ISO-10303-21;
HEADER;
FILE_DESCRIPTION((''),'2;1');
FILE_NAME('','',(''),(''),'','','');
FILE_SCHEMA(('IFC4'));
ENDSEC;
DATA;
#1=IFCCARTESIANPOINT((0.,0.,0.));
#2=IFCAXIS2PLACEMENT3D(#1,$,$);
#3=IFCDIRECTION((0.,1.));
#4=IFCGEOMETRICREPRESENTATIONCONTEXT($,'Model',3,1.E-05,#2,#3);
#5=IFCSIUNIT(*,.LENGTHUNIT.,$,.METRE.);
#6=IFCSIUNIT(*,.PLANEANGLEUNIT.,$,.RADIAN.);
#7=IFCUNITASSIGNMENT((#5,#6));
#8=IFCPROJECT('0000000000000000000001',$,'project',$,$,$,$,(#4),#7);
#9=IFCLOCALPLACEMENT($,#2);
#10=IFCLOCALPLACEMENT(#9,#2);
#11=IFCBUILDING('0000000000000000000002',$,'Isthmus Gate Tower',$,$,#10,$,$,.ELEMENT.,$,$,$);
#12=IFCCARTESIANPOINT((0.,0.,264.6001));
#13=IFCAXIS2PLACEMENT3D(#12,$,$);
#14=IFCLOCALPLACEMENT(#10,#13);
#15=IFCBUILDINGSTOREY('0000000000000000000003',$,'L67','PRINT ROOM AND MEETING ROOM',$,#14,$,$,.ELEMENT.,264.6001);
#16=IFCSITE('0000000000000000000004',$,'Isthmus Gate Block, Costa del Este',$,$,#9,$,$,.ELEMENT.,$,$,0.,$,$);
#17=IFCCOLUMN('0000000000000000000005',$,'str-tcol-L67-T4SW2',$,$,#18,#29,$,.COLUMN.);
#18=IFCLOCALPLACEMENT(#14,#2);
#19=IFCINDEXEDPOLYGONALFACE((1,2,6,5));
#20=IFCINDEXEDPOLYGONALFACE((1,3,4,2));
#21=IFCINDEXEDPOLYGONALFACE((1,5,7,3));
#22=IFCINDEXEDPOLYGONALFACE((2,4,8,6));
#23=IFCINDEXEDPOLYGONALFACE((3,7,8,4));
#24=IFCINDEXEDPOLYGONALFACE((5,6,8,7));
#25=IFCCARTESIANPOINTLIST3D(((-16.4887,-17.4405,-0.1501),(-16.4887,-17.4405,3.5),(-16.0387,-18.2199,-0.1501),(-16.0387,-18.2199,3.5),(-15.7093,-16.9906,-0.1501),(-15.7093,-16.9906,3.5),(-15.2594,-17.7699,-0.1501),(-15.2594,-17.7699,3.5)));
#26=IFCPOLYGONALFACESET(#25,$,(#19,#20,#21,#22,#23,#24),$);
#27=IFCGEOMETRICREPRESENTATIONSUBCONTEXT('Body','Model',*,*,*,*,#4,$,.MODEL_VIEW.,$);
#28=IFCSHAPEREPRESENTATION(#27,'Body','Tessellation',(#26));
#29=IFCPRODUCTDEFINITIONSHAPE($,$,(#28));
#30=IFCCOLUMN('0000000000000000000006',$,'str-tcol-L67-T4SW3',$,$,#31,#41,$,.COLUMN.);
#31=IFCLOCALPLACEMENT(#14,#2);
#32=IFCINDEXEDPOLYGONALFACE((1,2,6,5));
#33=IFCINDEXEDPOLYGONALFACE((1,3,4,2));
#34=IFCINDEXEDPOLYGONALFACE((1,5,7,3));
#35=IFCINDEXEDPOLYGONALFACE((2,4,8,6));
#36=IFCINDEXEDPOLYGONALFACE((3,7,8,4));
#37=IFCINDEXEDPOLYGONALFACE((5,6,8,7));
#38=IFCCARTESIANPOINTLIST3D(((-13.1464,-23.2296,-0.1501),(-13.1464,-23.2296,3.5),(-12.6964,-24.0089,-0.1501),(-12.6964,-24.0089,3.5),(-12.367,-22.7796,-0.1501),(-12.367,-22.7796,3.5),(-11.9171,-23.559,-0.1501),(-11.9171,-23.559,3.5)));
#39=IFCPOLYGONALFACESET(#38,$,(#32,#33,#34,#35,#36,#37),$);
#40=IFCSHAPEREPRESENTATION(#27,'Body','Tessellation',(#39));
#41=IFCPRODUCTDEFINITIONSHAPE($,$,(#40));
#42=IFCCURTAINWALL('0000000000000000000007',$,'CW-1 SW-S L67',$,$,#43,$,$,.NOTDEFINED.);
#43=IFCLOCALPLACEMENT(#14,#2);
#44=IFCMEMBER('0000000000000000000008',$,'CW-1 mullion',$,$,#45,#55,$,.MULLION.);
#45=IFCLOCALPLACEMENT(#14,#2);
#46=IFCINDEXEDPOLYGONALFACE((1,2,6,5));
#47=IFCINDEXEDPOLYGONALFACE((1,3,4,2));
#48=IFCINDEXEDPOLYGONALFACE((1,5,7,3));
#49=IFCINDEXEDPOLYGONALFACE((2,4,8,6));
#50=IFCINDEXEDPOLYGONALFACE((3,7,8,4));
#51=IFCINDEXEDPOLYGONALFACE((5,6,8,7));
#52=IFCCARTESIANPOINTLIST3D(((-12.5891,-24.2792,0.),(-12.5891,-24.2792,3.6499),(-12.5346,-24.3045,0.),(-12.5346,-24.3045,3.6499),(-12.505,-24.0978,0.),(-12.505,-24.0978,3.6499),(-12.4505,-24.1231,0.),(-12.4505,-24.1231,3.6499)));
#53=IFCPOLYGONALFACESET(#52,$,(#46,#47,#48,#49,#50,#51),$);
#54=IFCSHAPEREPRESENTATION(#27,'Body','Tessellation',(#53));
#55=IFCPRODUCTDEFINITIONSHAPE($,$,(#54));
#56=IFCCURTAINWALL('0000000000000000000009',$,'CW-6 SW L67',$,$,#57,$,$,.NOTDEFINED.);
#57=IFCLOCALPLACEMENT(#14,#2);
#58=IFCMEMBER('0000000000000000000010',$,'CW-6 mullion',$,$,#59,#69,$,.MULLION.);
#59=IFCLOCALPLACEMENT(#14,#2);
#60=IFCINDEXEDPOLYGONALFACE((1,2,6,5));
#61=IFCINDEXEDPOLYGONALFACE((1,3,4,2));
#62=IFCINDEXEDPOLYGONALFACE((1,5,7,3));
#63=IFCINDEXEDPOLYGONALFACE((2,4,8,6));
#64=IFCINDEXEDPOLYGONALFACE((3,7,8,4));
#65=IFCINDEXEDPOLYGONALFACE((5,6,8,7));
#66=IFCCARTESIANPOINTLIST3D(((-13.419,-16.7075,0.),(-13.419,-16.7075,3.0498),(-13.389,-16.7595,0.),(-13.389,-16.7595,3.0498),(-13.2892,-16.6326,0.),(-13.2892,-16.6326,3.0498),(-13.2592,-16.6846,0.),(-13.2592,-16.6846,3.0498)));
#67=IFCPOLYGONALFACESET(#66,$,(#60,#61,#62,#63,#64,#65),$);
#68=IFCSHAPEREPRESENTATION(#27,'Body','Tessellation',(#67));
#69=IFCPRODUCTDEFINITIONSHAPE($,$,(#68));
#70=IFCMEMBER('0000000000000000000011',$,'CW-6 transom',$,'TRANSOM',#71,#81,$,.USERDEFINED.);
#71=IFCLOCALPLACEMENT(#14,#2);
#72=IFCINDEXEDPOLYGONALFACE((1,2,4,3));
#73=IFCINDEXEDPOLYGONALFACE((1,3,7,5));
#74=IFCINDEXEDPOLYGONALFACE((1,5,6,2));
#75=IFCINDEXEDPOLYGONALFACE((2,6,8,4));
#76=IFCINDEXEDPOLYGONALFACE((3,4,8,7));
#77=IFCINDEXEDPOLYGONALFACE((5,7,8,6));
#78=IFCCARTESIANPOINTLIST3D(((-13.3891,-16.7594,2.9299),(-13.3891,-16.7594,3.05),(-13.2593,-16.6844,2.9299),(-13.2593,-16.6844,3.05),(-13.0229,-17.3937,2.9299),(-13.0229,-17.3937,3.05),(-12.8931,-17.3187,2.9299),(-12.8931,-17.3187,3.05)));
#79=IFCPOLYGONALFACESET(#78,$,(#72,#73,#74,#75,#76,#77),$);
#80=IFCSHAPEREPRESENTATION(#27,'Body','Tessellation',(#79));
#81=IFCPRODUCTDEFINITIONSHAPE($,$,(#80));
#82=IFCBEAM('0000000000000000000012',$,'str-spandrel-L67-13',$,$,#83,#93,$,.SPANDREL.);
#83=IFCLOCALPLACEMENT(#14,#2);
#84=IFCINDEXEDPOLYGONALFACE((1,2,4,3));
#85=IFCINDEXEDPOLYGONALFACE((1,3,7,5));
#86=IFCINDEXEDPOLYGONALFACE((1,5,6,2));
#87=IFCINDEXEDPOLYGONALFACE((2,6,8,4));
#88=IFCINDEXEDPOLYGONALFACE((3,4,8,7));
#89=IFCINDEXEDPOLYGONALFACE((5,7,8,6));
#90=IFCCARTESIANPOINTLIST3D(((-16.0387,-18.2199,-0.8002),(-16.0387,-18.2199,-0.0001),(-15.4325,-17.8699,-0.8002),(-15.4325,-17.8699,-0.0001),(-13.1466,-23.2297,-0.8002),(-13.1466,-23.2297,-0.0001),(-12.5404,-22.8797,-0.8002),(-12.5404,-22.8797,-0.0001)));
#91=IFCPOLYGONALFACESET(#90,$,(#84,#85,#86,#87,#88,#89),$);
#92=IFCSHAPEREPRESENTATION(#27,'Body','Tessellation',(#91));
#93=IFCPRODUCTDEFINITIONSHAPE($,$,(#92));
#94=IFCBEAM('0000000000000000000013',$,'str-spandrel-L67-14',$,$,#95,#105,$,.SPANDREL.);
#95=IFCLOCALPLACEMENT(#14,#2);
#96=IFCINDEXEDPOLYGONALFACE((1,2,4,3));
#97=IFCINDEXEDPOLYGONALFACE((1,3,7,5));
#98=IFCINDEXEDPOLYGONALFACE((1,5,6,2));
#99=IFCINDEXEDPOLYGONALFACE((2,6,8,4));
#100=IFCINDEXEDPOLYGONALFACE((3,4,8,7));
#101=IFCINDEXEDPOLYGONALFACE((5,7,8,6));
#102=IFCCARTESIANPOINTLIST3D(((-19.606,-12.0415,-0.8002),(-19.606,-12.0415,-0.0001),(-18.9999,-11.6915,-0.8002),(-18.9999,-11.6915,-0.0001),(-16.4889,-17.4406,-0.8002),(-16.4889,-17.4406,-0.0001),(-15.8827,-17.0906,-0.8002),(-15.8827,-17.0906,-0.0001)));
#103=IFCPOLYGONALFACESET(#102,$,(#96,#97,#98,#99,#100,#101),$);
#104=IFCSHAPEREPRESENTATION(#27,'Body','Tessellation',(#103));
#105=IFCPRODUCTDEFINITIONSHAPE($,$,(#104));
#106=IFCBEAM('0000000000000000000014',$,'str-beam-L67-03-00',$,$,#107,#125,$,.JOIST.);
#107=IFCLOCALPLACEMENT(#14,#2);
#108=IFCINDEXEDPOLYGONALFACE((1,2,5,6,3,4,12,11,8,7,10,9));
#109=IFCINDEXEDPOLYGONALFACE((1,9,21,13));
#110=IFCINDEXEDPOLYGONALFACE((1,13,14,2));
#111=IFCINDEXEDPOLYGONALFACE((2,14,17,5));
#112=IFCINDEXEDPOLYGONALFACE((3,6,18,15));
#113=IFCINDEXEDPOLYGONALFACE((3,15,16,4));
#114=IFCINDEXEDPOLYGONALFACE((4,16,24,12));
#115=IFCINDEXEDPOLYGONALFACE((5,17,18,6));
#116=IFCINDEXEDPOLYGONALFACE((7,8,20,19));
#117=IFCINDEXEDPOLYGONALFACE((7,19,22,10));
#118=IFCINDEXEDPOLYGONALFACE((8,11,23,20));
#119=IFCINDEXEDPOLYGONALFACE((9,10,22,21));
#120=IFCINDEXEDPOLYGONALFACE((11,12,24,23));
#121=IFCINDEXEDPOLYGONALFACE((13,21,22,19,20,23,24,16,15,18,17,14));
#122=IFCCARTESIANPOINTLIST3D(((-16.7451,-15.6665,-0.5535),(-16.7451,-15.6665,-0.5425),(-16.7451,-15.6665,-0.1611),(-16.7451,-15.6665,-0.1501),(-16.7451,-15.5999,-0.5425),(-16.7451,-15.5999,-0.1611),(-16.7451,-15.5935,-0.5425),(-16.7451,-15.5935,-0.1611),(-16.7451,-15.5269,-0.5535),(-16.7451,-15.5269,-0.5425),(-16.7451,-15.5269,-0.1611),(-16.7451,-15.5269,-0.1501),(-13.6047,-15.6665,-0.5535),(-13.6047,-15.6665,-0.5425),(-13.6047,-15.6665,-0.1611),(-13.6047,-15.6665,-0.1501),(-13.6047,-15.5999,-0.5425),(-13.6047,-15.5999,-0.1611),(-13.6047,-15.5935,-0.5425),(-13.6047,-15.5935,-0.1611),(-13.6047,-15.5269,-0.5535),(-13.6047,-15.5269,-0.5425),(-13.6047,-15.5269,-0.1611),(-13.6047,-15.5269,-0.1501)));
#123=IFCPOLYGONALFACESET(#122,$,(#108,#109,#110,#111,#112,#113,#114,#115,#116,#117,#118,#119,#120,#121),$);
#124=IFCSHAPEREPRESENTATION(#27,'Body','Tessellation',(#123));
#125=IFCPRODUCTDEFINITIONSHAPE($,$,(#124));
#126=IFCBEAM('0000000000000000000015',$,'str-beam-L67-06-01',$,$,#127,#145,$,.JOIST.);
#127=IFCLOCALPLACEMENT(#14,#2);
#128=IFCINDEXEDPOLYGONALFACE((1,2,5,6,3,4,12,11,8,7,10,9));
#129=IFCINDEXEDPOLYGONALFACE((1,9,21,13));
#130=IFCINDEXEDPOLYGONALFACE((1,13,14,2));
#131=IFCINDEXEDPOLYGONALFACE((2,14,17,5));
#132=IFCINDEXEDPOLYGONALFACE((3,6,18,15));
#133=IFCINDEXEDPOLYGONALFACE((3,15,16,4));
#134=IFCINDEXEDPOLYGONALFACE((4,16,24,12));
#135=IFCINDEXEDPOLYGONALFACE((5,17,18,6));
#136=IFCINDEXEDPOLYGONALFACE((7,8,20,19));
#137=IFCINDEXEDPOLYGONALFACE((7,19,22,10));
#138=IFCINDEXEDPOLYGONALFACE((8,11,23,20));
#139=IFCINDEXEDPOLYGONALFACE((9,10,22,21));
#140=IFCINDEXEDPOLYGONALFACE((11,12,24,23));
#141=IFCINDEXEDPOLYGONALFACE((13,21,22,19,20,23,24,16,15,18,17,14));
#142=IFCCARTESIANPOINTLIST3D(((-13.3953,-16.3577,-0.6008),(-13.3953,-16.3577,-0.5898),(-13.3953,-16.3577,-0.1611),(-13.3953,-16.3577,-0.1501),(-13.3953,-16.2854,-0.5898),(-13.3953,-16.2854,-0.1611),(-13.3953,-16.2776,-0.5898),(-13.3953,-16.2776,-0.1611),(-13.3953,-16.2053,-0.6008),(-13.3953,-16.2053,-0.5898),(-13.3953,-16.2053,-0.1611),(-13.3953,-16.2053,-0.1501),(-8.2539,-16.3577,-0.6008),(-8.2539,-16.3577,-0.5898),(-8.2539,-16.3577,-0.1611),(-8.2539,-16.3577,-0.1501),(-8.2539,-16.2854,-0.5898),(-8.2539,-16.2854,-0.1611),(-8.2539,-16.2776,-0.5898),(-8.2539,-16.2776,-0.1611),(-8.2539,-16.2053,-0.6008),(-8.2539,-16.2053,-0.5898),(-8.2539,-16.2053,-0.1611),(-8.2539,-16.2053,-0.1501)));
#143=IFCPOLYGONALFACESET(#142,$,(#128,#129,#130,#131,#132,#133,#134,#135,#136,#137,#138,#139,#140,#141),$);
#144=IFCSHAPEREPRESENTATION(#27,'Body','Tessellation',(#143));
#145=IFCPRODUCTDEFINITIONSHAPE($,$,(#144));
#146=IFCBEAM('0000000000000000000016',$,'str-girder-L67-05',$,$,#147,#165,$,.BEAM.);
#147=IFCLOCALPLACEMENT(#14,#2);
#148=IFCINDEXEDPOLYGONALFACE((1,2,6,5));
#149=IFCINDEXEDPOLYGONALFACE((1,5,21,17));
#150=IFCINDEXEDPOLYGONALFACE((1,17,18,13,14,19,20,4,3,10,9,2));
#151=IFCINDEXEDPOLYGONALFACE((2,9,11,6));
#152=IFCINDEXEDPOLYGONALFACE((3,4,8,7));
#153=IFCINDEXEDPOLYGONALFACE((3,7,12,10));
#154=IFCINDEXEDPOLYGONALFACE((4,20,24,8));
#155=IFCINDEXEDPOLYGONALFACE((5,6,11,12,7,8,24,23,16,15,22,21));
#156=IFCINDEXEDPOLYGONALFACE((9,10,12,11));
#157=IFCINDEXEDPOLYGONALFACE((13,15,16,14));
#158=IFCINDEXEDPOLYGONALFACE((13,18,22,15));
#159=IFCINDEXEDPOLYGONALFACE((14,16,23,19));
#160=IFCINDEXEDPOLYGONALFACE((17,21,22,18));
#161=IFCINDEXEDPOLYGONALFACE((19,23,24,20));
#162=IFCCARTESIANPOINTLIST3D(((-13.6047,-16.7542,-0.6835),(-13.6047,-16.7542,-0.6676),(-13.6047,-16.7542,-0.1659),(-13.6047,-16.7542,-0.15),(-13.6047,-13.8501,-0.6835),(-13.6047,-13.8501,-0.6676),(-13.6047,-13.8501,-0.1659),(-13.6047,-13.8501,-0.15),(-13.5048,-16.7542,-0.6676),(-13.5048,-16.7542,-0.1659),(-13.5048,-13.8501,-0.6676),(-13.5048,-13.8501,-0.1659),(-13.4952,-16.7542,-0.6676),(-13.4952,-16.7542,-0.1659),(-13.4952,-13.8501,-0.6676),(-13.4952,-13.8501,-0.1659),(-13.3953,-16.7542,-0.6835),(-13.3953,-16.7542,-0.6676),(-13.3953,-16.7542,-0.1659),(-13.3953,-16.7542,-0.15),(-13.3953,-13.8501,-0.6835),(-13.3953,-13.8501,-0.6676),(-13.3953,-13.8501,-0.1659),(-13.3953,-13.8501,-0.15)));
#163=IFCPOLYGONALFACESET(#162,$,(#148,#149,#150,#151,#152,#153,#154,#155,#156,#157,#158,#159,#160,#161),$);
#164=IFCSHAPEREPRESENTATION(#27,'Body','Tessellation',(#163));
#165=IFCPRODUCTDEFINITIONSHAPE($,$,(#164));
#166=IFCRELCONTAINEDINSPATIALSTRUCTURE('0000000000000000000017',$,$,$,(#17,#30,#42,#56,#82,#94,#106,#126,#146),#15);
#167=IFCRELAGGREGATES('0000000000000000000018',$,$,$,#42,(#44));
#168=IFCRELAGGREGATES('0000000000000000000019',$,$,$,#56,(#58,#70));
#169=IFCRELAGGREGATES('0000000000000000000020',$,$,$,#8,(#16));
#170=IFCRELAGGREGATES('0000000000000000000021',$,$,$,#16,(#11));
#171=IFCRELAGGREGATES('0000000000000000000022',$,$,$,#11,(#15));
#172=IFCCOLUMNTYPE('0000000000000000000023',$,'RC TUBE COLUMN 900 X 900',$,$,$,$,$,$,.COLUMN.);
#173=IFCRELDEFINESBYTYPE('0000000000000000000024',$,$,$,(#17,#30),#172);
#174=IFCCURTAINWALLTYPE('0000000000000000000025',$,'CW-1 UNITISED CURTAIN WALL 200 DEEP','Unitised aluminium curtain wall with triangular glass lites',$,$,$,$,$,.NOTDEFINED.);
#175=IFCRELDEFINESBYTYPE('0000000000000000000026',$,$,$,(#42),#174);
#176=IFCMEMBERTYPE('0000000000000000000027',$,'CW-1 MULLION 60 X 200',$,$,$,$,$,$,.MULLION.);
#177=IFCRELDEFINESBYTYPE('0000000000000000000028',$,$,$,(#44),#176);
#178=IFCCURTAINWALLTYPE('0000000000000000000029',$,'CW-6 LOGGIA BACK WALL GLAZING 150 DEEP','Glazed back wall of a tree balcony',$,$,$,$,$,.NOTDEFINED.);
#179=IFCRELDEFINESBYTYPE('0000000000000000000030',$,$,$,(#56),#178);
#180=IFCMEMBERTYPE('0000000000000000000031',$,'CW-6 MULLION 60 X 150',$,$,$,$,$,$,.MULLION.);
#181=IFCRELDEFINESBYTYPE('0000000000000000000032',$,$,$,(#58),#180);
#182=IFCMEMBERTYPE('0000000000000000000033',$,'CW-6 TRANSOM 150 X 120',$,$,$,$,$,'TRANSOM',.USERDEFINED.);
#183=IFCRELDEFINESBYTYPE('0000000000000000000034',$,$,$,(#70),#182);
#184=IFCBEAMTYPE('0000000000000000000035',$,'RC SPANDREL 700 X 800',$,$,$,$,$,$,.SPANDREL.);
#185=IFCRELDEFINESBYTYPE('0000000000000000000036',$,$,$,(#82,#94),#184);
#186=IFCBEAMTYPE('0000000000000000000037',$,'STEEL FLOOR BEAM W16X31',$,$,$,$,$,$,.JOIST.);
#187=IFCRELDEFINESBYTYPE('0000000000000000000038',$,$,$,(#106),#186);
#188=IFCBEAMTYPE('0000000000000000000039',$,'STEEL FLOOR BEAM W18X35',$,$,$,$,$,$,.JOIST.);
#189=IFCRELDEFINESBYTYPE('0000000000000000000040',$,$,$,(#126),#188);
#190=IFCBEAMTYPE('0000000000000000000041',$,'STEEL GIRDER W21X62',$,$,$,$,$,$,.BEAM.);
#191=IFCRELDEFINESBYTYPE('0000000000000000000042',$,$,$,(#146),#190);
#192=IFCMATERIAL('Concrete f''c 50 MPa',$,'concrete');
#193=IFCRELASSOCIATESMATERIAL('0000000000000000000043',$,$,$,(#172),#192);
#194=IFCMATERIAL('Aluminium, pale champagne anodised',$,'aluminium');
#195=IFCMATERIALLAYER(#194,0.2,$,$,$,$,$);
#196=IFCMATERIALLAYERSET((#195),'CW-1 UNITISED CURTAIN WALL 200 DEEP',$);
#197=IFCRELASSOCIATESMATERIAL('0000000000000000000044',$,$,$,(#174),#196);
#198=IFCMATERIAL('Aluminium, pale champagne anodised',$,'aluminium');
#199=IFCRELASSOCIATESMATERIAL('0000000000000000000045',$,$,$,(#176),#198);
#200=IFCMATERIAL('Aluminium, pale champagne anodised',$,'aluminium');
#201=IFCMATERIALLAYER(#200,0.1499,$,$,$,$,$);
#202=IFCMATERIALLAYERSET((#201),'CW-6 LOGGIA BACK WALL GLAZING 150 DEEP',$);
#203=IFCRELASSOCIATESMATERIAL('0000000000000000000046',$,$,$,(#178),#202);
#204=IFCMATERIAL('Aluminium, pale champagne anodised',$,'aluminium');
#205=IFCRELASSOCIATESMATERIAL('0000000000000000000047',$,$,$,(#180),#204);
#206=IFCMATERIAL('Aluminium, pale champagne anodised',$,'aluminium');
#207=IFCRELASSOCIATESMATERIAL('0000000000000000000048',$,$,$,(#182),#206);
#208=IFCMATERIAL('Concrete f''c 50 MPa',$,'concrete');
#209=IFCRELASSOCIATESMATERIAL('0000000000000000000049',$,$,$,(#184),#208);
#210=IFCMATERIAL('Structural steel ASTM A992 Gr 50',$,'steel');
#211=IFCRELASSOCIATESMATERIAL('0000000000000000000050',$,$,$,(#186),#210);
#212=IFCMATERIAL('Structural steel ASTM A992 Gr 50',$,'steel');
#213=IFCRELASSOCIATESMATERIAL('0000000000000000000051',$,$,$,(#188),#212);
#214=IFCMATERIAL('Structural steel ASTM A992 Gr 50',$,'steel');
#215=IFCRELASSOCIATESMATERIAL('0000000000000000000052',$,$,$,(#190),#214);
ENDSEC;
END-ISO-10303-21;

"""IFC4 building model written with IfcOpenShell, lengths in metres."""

from ifc_helpers import new_model, si_unit, direction, frame, origin, origin_2d, place, context, subcontext, project, spatial, rectangle, i_section, extrude, material, layer, layer_set, material_profile, profile_set, type_object, element, aggregate, save


model = new_model("IFC4")

# Units and contexts
model_context = context("Model", 3, precision=1e-05, world=origin(), true_north=direction((0.0, 1.0)))
body_context = subcontext(model_context, "Body", "Model", "MODEL_VIEW")
ifc_project = project(units=[si_unit("LENGTHUNIT", "METRE"), si_unit("PLANEANGLEUNIT", "RADIAN")], contexts=[model_context])

# Site, building, storey
site_placement = place(None, origin())
site = spatial("IfcSite", under=ifc_project, at=site_placement, Name="Isthmus Gate Block, Costa del Este", CompositionType="ELEMENT", RefElevation=0.0)
building_placement = place(site_placement, origin())
building = spatial("IfcBuilding", under=site, at=building_placement, Name="Isthmus Gate Tower", CompositionType="ELEMENT")
storey_placement = place(building_placement, frame((0.0, 0.0, 264.6001)))
storey = spatial("IfcBuildingStorey", under=building, at=storey_placement, Name="L67", Description="PRINT ROOM AND MEETING ROOM", CompositionType="ELEMENT", Elevation=264.6001)

# Columns
ifc_material_1 = material(Name="Concrete f'c 50 MPa", Category="concrete")
ifc_material_profile_1 = material_profile(ifc_material_1, rectangle(XDim=0.8999, YDim=0.8999, at=origin_2d()), Name="RC 900X900")
ifc_profile_set_1 = profile_set([ifc_material_profile_1], Name="Concrete f'c 50 MPa")
column_type = type_object("IfcColumnType", Name="RC TUBE COLUMN 900 X 900", PredefinedType="COLUMN", material=ifc_profile_set_1)
for number, where, z_axis, x_axis, name in (
    (1, (-15.874, -17.6052, -0.1501), (0.0, 0.0, 1.0), (0.5, -0.866025, 0.0), "str-tcol-L67-T4SW2"),
    (2, (-12.5317, -23.3943, -0.1501), (0.0, 0.0, 1.0), (0.5, -0.866025, 0.0), "str-tcol-L67-T4SW3"),
):
    element("IfcColumn", number, at=place(storey_placement, frame(where, z_axis=z_axis, x_axis=x_axis)), inside=storey, type_object=column_type, Name=name, PredefinedType="COLUMN", context=body_context, shape_type="SweptSolid", body=[
        extrude(rectangle(XDim=0.8999, YDim=0.8999, at=origin_2d()), origin(), (0.0, 0.0, 1.0), 3.6501),
    ])

# Curtain wall, member
ifc_material_2 = material(Name="Aluminium, pale champagne anodised", Category="aluminium")
ifc_layer_1 = layer(ifc_material_2, 0.2)
ifc_layer_set_1 = layer_set([ifc_layer_1], Name="CW-1 UNITISED CURTAIN WALL 200 DEEP")
curtain_wall_type_1 = type_object("IfcCurtainWallType", Name="CW-1 UNITISED CURTAIN WALL 200 DEEP", Description="Unitised aluminium curtain wall with triangular glass lites", PredefinedType="NOTDEFINED", material=ifc_layer_set_1)
curtain_wall_1_placement = place(storey_placement, origin())
curtain_wall_1 = element("IfcCurtainWall", 3, at=curtain_wall_1_placement, inside=storey, type_object=curtain_wall_type_1, Name="CW-1 SW-S L67", PredefinedType="NOTDEFINED")
ifc_material_3 = material(Name="Aluminium, pale champagne anodised", Category="aluminium")
ifc_material_profile_2 = material_profile(ifc_material_3, rectangle(XDim=0.0601, YDim=0.2, at=origin_2d()), Name="60x200")
ifc_profile_set_2 = profile_set([ifc_material_profile_2], Name="Aluminium, pale champagne anodised")
member_type_1 = type_object("IfcMemberType", Name="CW-1 MULLION 60 X 200", PredefinedType="MULLION", material=ifc_profile_set_2)
member_1_placement = place(storey_placement, frame((-12.5198, -24.2012, 0.0), z_axis=(0.0, 0.0, 1.0), x_axis=(0.907256, -0.420578, 0.0)))
member_1 = element("IfcMember", 4, at=member_1_placement, type_object=member_type_1, Name="CW-1 mullion", PredefinedType="MULLION", context=body_context, shape_type="SweptSolid", body=[
    extrude(rectangle(XDim=0.0601, YDim=0.2, at=origin_2d()), origin(), (0.0, 0.0, 1.0), 3.6499),
])
aggregate(curtain_wall_1, [member_1])

# Curtain wall, members
ifc_material_4 = material(Name="Aluminium, pale champagne anodised", Category="aluminium")
ifc_layer_2 = layer(ifc_material_4, 0.1499)
ifc_layer_set_2 = layer_set([ifc_layer_2], Name="CW-6 LOGGIA BACK WALL GLAZING 150 DEEP")
curtain_wall_type_2 = type_object("IfcCurtainWallType", Name="CW-6 LOGGIA BACK WALL GLAZING 150 DEEP", Description="Glazed back wall of a tree balcony", PredefinedType="NOTDEFINED", material=ifc_layer_set_2)
curtain_wall_2_placement = place(storey_placement, origin())
curtain_wall_2 = element("IfcCurtainWall", 5, at=curtain_wall_2_placement, inside=storey, type_object=curtain_wall_type_2, Name="CW-6 SW L67", PredefinedType="NOTDEFINED")
ifc_material_5 = material(Name="Aluminium, pale champagne anodised", Category="aluminium")
ifc_material_profile_3 = material_profile(ifc_material_5, rectangle(XDim=0.0601, YDim=0.1499, at=origin_2d()), Name="60x150")
ifc_profile_set_3 = profile_set([ifc_material_profile_3], Name="Aluminium, pale champagne anodised")
member_type_2 = type_object("IfcMemberType", Name="CW-6 MULLION 60 X 150", PredefinedType="MULLION", material=ifc_profile_set_3)
member_2_placement = place(storey_placement, frame((-13.3391, -16.696, 0.0), z_axis=(0.0, 0.0, 1.0), x_axis=(0.5, -0.866025, 0.0)))
member_2 = element("IfcMember", 6, at=member_2_placement, type_object=member_type_2, Name="CW-6 mullion", PredefinedType="MULLION", context=body_context, shape_type="SweptSolid", body=[
    extrude(rectangle(XDim=0.0601, YDim=0.1499, at=origin_2d()), origin(), (0.0, 0.0, 1.0), 3.0498),
])
ifc_material_6 = material(Name="Aluminium, pale champagne anodised", Category="aluminium")
ifc_material_profile_4 = material_profile(ifc_material_6, rectangle(XDim=0.1499, YDim=0.1201, at=origin_2d()), Name="150x120")
ifc_profile_set_4 = profile_set([ifc_material_profile_4], Name="Aluminium, pale champagne anodised")
member_type_3 = type_object("IfcMemberType", Name="CW-6 TRANSOM 150 X 120", ElementType="TRANSOM", PredefinedType="USERDEFINED", material=ifc_profile_set_4)
member_3_placement = place(storey_placement, frame((-13.3242, -16.7219, 2.99), z_axis=(0.500011, -0.866019, 0.0), x_axis=(0.866019, 0.500011, 0.0)))
member_3 = element("IfcMember", 7, at=member_3_placement, type_object=member_type_3, Name="CW-6 transom", ObjectType="TRANSOM", PredefinedType="USERDEFINED", context=body_context, shape_type="SweptSolid", body=[
    extrude(rectangle(XDim=0.1499, YDim=0.1201, at=origin_2d()), origin(), (0.0, 0.0, 1.0), 0.7324),
])

# Beams
ifc_material_7 = material(Name="Concrete f'c 50 MPa", Category="concrete")
ifc_material_profile_5 = material_profile(ifc_material_7, rectangle(XDim=0.7, YDim=0.8, at=origin_2d()), Name="RC 700X800")
ifc_profile_set_5 = profile_set([ifc_material_profile_5], Name="Concrete f'c 50 MPa")
beam_type_1 = type_object("IfcBeamType", Name="RC SPANDREL 700 X 800", PredefinedType="SPANDREL", material=ifc_profile_set_5)
beam_1_placement = place(storey_placement, frame((-12.8435, -23.0547, -0.4001), z_axis=(-0.499961, 0.866048, 0.0), x_axis=(-0.866048, -0.499961, 0.0)))
element("IfcBeam", 8, at=beam_1_placement, inside=storey, type_object=beam_type_1, Name="str-spandrel-L67-13", PredefinedType="SPANDREL", context=body_context, shape_type="SweptSolid", body=[
    extrude(rectangle(XDim=0.7, YDim=0.8, at=origin_2d()), origin(), (0.0, 0.0, 1.0), 5.7847),
])
beam_2_placement = place(storey_placement, frame((-16.1858, -17.2656, -0.4001), z_axis=(-0.499997, 0.866027, 0.0), x_axis=(-0.866027, -0.499997, 0.0)))
element("IfcBeam", 9, at=beam_2_placement, inside=storey, type_object=beam_type_1, Name="str-spandrel-L67-14", PredefinedType="SPANDREL", context=body_context, shape_type="SweptSolid", body=[
    extrude(rectangle(XDim=0.7, YDim=0.8, at=origin_2d()), origin(), (0.0, 0.0, 1.0), 6.2344),
])
ifc_material_8 = material(Name="Structural steel ASTM A992 Gr 50", Category="steel")
ifc_material_profile_6 = material_profile(ifc_material_8, i_section(OverallWidth=0.1396, OverallDepth=0.4033, WebThickness=0.0063, FlangeThickness=0.011, at=origin_2d()), Name="W16X31")
ifc_profile_set_6 = profile_set([ifc_material_profile_6], Name="Structural steel ASTM A992 Gr 50")
beam_type_2 = type_object("IfcBeamType", Name="STEEL FLOOR BEAM W16X31", PredefinedType="JOIST", material=ifc_profile_set_6)
beam_3_placement = place(storey_placement, frame((-16.7451, -15.5967, -0.3518), z_axis=(1.0, 0.0, 0.0), x_axis=(0.0, 1.0, 0.0)))
element("IfcBeam", 10, at=beam_3_placement, inside=storey, type_object=beam_type_2, Name="str-beam-L67-03-00", PredefinedType="JOIST", context=body_context, shape_type="SweptSolid", body=[
    extrude(i_section(OverallWidth=0.1396, OverallDepth=0.4033, WebThickness=0.0063, FlangeThickness=0.011, at=origin_2d()), origin(), (0.0, 0.0, 1.0), 3.1404),
])
ifc_material_9 = material(Name="Structural steel ASTM A992 Gr 50", Category="steel")
ifc_material_profile_7 = material_profile(ifc_material_9, i_section(OverallWidth=0.1523, OverallDepth=0.4507, WebThickness=0.0078, FlangeThickness=0.011, at=origin_2d()), Name="W18X35")
ifc_profile_set_7 = profile_set([ifc_material_profile_7], Name="Structural steel ASTM A992 Gr 50")
beam_type_3 = type_object("IfcBeamType", Name="STEEL FLOOR BEAM W18X35", PredefinedType="JOIST", material=ifc_profile_set_7)
beam_4_placement = place(storey_placement, frame((-13.3953, -16.2815, -0.3755), z_axis=(1.0, 0.0, 0.0), x_axis=(0.0, 1.0, 0.0)))
element("IfcBeam", 11, at=beam_4_placement, inside=storey, type_object=beam_type_3, Name="str-beam-L67-06-01", PredefinedType="JOIST", context=body_context, shape_type="SweptSolid", body=[
    extrude(i_section(OverallWidth=0.1523, OverallDepth=0.4507, WebThickness=0.0078, FlangeThickness=0.011, at=origin_2d()), origin(), (0.0, 0.0, 1.0), 5.1414),
])
ifc_material_10 = material(Name="Structural steel ASTM A992 Gr 50", Category="steel")
ifc_material_profile_8 = material_profile(ifc_material_10, i_section(OverallWidth=0.2095, OverallDepth=0.5334, WebThickness=0.0095, FlangeThickness=0.0159, at=origin_2d()), Name="W21X62")
ifc_profile_set_8 = profile_set([ifc_material_profile_8], Name="Structural steel ASTM A992 Gr 50")
beam_type_4 = type_object("IfcBeamType", Name="STEEL GIRDER W21X62", PredefinedType="BEAM", material=ifc_profile_set_8)
beam_5_placement = place(storey_placement, frame((-13.5, -16.7542, -0.4167), z_axis=(0.0, 1.0, 0.0), x_axis=(-1.0, 0.0, 0.0)))
element("IfcBeam", 12, at=beam_5_placement, inside=storey, type_object=beam_type_4, Name="str-girder-L67-05", PredefinedType="BEAM", context=body_context, shape_type="SweptSolid", body=[
    extrude(i_section(OverallWidth=0.2095, OverallDepth=0.5334, WebThickness=0.0095, FlangeThickness=0.0159, at=origin_2d()), origin(), (0.0, 0.0, 1.0), 2.9041),
])

aggregate(curtain_wall_2, [member_2, member_3])

save(model, "model.ifc")
